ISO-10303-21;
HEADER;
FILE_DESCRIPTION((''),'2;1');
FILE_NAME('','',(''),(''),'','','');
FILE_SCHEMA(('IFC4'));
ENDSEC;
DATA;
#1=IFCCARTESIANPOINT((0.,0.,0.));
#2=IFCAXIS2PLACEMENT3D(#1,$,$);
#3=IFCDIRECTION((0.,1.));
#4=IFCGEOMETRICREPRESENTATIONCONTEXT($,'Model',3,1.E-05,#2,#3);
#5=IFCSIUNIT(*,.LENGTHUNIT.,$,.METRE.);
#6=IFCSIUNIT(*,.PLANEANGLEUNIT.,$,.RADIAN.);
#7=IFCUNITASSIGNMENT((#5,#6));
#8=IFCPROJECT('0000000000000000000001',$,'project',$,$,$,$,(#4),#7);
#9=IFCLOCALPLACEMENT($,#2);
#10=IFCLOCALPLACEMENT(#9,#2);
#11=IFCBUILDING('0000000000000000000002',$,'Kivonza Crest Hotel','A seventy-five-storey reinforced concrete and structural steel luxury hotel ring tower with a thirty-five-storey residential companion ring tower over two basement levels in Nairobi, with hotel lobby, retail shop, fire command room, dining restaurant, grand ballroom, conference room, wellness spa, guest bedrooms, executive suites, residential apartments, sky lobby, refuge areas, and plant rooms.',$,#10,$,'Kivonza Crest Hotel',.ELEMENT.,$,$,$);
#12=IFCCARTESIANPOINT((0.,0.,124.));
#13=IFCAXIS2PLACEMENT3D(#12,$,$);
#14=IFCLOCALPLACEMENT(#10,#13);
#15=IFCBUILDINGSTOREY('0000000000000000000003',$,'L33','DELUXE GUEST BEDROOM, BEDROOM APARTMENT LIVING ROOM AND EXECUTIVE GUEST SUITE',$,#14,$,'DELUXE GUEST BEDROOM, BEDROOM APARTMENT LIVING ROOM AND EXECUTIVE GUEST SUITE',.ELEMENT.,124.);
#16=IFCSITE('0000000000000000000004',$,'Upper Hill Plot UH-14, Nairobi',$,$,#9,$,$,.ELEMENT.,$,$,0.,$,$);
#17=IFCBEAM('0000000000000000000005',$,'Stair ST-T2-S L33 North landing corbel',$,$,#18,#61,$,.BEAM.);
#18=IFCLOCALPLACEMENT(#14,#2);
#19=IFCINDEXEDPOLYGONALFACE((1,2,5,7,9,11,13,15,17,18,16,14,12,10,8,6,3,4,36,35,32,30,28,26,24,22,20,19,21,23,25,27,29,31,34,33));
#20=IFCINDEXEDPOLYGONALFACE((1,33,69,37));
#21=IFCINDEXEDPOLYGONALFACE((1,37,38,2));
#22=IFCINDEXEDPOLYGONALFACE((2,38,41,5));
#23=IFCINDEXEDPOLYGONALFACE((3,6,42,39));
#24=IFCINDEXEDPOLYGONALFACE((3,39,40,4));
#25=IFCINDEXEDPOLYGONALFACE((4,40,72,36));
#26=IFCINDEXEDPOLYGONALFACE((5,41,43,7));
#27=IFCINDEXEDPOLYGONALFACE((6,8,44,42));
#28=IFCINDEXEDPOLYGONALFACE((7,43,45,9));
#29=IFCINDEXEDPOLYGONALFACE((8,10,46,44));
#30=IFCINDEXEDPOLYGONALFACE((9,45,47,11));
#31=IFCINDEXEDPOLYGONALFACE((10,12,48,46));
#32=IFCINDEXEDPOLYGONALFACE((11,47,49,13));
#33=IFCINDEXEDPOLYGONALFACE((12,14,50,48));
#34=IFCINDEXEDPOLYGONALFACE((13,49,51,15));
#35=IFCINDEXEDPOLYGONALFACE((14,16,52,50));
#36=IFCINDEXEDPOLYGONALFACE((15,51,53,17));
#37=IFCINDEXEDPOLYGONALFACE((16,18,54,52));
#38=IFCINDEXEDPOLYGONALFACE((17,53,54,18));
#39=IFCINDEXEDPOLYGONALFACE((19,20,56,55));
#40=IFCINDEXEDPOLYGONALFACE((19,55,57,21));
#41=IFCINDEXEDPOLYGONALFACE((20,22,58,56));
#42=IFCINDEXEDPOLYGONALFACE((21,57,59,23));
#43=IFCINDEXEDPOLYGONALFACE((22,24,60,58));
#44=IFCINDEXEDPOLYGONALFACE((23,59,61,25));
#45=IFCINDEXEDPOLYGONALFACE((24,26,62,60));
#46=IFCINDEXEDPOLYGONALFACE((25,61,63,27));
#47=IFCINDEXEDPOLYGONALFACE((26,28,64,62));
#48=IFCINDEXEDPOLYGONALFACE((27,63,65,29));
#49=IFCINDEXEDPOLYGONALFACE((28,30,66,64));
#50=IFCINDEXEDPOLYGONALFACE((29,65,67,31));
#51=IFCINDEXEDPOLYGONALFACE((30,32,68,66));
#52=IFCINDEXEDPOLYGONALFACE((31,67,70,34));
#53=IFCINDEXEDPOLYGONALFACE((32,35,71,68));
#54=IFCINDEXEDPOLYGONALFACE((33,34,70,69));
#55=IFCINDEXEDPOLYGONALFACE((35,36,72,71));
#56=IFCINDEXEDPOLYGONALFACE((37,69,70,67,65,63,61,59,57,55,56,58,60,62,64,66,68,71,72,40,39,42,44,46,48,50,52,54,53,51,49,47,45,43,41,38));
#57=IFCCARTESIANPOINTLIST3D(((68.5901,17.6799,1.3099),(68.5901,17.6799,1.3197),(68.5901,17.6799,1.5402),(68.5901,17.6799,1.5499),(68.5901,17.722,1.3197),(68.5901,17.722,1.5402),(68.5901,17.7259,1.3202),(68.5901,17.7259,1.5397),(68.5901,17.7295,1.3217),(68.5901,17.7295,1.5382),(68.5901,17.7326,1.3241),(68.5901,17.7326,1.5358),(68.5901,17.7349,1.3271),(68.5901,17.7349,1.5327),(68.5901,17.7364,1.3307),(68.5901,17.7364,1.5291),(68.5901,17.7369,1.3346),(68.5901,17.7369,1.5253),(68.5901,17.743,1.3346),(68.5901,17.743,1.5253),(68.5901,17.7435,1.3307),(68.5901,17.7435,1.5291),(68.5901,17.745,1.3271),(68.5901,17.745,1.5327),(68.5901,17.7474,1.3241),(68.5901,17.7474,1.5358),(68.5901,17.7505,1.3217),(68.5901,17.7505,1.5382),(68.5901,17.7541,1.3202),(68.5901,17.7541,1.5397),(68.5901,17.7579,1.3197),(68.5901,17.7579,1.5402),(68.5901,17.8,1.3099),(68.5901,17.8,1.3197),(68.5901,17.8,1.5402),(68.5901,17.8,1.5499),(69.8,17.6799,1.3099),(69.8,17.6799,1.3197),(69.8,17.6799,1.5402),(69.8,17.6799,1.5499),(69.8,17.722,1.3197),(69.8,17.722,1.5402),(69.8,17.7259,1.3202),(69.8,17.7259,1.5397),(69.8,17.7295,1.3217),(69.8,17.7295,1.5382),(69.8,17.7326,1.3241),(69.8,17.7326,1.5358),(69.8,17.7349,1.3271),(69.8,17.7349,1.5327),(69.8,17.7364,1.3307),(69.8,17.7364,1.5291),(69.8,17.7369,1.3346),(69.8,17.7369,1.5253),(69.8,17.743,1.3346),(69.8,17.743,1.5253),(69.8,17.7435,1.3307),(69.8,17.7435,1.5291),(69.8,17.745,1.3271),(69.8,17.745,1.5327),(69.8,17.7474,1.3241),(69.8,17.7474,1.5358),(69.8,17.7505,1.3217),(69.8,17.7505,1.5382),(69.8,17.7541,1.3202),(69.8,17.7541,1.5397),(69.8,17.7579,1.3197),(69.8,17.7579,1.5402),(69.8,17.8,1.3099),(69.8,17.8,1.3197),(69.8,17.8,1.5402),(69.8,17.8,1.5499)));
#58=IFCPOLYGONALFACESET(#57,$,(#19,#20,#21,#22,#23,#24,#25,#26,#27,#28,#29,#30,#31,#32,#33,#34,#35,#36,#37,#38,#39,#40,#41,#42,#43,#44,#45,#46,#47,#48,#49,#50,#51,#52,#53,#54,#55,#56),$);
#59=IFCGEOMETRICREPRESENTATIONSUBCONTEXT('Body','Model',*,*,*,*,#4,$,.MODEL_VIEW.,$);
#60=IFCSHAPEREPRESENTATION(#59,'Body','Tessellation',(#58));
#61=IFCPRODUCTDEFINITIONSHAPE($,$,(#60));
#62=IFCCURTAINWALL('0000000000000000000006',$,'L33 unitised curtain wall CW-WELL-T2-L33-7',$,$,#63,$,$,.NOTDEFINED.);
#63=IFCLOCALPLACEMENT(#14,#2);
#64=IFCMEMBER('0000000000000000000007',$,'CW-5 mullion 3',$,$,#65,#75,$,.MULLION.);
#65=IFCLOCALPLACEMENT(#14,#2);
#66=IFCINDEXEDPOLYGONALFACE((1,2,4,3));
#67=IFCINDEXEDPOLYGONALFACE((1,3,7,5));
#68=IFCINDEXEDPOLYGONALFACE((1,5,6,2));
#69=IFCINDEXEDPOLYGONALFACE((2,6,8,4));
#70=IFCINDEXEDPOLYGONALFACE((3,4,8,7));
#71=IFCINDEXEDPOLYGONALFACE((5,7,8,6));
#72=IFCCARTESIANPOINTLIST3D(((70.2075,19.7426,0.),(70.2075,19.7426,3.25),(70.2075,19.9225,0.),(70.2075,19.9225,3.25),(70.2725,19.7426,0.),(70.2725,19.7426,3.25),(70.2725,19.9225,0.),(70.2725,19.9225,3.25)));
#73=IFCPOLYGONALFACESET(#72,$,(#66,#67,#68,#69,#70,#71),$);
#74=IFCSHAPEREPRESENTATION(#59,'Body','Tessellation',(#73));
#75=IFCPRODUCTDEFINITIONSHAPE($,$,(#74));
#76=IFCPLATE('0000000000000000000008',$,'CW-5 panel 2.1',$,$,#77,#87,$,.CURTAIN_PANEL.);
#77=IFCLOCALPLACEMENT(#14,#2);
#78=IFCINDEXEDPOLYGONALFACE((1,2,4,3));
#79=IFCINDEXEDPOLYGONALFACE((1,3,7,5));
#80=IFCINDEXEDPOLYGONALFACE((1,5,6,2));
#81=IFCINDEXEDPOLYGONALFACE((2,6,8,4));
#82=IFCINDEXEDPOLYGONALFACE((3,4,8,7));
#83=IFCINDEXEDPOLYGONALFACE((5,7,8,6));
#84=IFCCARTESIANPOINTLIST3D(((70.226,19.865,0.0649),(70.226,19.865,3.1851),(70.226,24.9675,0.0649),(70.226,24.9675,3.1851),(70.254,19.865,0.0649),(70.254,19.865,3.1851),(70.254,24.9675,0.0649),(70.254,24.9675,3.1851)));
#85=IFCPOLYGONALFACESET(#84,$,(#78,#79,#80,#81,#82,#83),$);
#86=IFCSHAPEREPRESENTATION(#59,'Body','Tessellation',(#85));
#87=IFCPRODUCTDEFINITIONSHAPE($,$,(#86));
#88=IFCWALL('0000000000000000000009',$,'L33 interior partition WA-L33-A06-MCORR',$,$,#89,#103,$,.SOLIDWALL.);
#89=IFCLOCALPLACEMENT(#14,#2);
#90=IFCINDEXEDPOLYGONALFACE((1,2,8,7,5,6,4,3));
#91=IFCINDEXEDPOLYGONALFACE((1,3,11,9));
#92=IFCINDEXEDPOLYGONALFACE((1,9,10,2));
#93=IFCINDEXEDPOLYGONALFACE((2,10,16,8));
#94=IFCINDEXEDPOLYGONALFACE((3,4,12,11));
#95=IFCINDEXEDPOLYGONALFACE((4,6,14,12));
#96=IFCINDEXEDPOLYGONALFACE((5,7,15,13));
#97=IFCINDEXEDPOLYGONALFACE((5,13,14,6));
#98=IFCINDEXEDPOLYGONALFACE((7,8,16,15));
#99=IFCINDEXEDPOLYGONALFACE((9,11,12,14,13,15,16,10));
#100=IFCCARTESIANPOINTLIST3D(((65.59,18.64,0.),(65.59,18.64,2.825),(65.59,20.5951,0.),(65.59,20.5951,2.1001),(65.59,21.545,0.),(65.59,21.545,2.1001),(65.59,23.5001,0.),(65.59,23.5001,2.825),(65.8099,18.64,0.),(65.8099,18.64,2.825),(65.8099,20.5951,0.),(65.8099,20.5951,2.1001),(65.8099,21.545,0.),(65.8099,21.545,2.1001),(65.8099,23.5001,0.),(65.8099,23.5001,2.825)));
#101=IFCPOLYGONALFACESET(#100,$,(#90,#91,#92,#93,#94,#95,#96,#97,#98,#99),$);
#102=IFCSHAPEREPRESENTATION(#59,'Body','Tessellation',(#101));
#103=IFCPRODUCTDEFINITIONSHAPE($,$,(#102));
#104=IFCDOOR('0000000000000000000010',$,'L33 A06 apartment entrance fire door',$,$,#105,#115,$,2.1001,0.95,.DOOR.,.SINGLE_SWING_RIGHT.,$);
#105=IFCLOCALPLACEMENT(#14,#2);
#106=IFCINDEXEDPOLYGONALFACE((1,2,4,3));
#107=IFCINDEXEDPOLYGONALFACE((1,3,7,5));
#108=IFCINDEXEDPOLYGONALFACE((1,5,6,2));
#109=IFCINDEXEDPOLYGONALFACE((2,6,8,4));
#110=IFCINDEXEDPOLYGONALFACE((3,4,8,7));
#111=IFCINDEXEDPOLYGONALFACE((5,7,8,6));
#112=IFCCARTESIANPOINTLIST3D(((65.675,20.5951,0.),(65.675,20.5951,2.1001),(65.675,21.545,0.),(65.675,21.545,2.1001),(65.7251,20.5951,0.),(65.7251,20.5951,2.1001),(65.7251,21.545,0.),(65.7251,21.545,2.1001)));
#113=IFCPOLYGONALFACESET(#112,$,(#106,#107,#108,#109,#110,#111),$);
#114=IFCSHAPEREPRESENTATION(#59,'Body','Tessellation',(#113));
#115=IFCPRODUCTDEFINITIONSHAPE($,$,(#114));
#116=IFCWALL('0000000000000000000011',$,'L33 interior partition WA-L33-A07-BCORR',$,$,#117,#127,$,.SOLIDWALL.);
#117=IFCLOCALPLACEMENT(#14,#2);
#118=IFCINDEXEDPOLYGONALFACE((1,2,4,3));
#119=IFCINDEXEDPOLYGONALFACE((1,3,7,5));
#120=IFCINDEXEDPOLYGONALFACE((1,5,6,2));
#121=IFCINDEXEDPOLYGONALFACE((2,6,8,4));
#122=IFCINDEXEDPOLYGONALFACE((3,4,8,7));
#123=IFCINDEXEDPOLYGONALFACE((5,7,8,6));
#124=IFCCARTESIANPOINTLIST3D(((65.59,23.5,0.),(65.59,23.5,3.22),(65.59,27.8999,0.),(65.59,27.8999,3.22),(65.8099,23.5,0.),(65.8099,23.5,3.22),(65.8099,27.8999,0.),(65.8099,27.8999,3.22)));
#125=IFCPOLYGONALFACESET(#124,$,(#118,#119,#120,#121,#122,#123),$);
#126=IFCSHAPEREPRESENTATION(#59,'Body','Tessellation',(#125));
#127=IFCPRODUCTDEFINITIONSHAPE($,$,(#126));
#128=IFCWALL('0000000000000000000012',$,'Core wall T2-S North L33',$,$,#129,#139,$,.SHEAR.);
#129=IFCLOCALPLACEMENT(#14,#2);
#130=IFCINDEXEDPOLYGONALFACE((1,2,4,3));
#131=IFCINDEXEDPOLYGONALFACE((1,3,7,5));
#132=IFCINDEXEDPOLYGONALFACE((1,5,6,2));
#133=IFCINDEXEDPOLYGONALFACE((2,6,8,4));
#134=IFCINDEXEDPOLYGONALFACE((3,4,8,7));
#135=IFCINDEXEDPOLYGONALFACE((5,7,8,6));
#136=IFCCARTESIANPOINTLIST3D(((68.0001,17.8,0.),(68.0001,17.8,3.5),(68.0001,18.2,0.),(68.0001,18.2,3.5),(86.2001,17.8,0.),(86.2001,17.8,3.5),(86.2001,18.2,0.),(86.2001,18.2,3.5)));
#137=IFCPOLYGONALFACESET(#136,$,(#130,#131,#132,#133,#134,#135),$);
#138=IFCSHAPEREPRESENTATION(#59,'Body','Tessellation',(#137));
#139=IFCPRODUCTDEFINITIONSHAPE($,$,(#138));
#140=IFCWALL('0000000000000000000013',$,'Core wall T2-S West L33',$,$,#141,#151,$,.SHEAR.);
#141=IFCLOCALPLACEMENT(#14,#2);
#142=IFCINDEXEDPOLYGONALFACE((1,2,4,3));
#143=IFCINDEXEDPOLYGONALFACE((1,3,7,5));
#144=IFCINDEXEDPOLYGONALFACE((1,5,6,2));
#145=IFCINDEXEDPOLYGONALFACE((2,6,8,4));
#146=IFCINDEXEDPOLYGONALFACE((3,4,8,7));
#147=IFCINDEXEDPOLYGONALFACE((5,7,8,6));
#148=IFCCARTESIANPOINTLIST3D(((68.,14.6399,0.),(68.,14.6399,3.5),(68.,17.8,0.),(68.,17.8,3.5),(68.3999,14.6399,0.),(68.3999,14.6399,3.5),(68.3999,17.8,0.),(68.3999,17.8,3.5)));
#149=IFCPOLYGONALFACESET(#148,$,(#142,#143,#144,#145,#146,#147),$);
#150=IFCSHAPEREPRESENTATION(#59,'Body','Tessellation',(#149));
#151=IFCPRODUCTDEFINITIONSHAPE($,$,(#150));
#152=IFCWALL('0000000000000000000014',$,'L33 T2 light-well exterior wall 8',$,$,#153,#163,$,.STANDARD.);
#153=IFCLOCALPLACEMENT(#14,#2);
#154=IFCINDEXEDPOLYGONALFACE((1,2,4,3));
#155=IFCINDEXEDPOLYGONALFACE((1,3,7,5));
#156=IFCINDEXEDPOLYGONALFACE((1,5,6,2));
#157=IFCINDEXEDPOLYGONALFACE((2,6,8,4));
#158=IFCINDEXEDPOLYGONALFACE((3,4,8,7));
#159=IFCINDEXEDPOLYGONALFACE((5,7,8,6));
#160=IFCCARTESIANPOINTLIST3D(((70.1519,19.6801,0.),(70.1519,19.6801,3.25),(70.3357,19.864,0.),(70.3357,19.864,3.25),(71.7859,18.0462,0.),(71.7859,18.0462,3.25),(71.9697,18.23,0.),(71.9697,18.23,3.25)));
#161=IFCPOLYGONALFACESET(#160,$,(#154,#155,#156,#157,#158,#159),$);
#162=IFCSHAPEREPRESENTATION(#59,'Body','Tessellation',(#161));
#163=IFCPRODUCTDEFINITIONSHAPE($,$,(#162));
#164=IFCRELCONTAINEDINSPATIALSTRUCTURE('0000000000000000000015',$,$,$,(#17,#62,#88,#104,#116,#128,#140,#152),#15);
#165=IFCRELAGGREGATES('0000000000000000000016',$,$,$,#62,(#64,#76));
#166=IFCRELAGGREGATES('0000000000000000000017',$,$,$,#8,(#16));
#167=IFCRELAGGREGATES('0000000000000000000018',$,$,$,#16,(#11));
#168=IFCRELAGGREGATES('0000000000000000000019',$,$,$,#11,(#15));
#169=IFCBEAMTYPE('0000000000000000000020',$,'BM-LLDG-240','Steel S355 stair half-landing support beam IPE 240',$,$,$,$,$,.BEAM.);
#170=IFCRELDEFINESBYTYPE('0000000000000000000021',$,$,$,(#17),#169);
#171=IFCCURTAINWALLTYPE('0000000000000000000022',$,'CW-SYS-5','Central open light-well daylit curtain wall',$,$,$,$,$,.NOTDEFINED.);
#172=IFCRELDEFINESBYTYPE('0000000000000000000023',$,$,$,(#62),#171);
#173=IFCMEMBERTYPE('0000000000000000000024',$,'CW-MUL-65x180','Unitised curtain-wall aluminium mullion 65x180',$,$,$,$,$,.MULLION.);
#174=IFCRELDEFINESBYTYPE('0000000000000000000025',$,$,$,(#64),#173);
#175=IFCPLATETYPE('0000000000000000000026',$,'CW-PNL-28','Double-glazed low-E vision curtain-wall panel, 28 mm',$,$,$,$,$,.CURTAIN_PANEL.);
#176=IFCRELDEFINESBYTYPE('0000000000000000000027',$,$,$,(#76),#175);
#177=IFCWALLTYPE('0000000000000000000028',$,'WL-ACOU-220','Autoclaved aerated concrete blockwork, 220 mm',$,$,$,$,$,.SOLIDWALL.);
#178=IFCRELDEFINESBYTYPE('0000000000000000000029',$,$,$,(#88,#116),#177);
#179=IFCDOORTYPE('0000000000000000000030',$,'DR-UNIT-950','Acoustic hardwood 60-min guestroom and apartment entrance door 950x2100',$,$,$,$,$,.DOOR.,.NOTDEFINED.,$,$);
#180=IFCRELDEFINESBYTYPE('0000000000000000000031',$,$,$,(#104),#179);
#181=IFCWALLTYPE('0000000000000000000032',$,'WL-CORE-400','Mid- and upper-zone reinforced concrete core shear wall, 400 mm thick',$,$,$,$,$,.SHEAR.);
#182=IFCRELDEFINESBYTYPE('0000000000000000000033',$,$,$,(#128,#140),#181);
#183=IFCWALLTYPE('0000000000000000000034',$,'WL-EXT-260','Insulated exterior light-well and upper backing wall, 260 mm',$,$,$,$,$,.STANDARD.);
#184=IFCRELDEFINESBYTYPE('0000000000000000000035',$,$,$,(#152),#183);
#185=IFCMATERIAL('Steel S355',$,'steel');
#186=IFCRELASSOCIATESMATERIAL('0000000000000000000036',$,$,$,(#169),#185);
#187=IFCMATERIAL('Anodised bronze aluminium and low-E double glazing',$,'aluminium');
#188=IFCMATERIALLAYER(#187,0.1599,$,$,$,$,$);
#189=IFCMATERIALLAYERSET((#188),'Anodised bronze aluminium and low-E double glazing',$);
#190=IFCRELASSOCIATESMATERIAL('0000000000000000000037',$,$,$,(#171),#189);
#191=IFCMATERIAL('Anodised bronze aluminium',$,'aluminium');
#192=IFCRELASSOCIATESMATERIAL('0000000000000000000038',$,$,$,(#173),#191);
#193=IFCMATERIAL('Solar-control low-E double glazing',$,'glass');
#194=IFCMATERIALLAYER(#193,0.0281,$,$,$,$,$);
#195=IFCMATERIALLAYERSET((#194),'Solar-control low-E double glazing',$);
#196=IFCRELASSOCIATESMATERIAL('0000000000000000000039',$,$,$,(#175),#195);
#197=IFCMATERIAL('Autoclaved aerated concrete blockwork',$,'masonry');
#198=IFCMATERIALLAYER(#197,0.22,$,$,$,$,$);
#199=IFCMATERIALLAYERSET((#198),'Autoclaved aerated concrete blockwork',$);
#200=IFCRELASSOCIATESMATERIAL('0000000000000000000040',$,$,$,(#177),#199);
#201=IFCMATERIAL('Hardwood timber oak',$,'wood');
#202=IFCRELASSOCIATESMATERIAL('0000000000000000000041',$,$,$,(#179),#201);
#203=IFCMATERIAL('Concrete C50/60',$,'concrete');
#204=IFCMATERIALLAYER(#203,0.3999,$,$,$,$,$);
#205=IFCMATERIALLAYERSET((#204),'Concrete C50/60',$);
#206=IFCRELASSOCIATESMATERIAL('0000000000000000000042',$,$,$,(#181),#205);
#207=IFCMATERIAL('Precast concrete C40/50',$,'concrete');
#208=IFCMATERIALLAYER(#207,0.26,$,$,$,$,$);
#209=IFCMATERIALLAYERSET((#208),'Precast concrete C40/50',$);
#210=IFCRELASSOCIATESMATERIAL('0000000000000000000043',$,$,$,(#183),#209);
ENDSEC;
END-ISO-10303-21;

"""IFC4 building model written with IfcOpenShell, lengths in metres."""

from ifc_helpers import new_model, si_unit, direction, frame, frame_2d, origin, origin_2d, place, context, subcontext, project, spatial, rectangle, i_section, extrude, material, layer, layer_set, material_profile, profile_set, type_object, element, fill, aggregate, save


model = new_model("IFC4")

# Units and contexts
model_context = context("Model", 3, precision=1e-05, world=origin(), true_north=direction((0.0, 1.0)))
body_context = subcontext(model_context, "Body", "Model", "MODEL_VIEW")
ifc_project = project(units=[si_unit("LENGTHUNIT", "METRE"), si_unit("PLANEANGLEUNIT", "RADIAN")], contexts=[model_context])

# Site, building, storey
site_placement = place(None, origin())
site = spatial("IfcSite", under=ifc_project, at=site_placement, Name="Upper Hill Plot UH-14, Nairobi", CompositionType="ELEMENT", RefElevation=0.0)
building_placement = place(site_placement, origin())
building = spatial("IfcBuilding", under=site, at=building_placement, Name="Kivonza Crest Hotel", Description="A seventy-five-storey reinforced concrete and structural steel luxury hotel ring tower with a thirty-five-storey residential companion ring tower over two basement levels in Nairobi, with hotel lobby, retail shop, fire command room, dining restaurant, grand ballroom, conference room, wellness spa, guest bedrooms, executive suites, residential apartments, sky lobby, refuge areas, and plant rooms.", LongName="Kivonza Crest Hotel", CompositionType="ELEMENT")
storey_placement = place(building_placement, frame((0.0, 0.0, 124.0)))
storey = spatial("IfcBuildingStorey", under=building, at=storey_placement, Name="L33", Description="DELUXE GUEST BEDROOM, BEDROOM APARTMENT LIVING ROOM AND EXECUTIVE GUEST SUITE", LongName="DELUXE GUEST BEDROOM, BEDROOM APARTMENT LIVING ROOM AND EXECUTIVE GUEST SUITE", CompositionType="ELEMENT", Elevation=124.0)

# Shared definitions
ifc_material_1 = material(Name="Concrete C50/60", Category="concrete")

# Beam
ifc_material_2 = material(Name="Steel S355", Category="steel")
ifc_material_profile_1 = material_profile(ifc_material_2, i_section(OverallWidth=0.1201, OverallDepth=0.24, WebThickness=0.0061, FlangeThickness=0.0098, FilletRadius=0.0149, at=origin_2d()), Name="IPE 240")
ifc_profile_set_1 = profile_set([ifc_material_profile_1], Name="Steel S355")
beam_type_1 = type_object("IfcBeamType", Name="BM-LLDG-240", Description="Steel S355 stair half-landing support beam IPE 240", PredefinedType="BEAM", material=ifc_profile_set_1)
for number, where, z_axis, x_axis, name in (
    (1, (68.5901, 17.74, 1.4299), (1.0, 0.0, 0.0), (0.0, 1.0, 0.0), "Stair ST-T2-S L33 North landing corbel"),
):
    element("IfcBeam", number, at=place(storey_placement, frame(where, z_axis=z_axis, x_axis=x_axis)), inside=storey, type_object=beam_type_1, Name=name, PredefinedType="BEAM", context=body_context, shape_type="SweptSolid", body=[
        extrude(i_section(OverallWidth=0.1201, OverallDepth=0.24, WebThickness=0.0061, FlangeThickness=0.0098, FilletRadius=0.0149, at=origin_2d()), origin(), (0.0, 0.0, 1.0), 1.21),
    ])

# Curtain wall, member, plate
ifc_material_3 = material(Name="Anodised bronze aluminium and low-E double glazing", Category="aluminium")
ifc_layer_1 = layer(ifc_material_3, 0.1599)
ifc_layer_set_1 = layer_set([ifc_layer_1], Name="Anodised bronze aluminium and low-E double glazing")
curtain_wall_type = type_object("IfcCurtainWallType", Name="CW-SYS-5", Description="Central open light-well daylit curtain wall", PredefinedType="NOTDEFINED", material=ifc_layer_set_1)
curtain_wall_placement = place(storey_placement, origin())
curtain_wall = element("IfcCurtainWall", 2, at=curtain_wall_placement, inside=storey, type_object=curtain_wall_type, Name="L33 unitised curtain wall CW-WELL-T2-L33-7", PredefinedType="NOTDEFINED")
ifc_material_4 = material(Name="Anodised bronze aluminium", Category="aluminium")
ifc_material_profile_2 = material_profile(ifc_material_4, rectangle(XDim=0.0649, YDim=0.1799, at=origin_2d()), Name="CW-M 65x180")
ifc_profile_set_2 = profile_set([ifc_material_profile_2], Name="Anodised bronze aluminium")
member_type = type_object("IfcMemberType", Name="CW-MUL-65x180", Description="Unitised curtain-wall aluminium mullion 65x180", PredefinedType="MULLION", material=ifc_profile_set_2)
member_placement = place(storey_placement, frame((70.24, 19.8325, 0.0), z_axis=(0.0, 0.0, 1.0), x_axis=(1.0, 0.0, 0.0)))
member = element("IfcMember", 3, at=member_placement, type_object=member_type, Name="CW-5 mullion 3", PredefinedType="MULLION", context=body_context, shape_type="SweptSolid", body=[
    extrude(rectangle(XDim=0.0649, YDim=0.1799, at=origin_2d()), origin(), (0.0, 0.0, 1.0), 3.25),
])
ifc_material_5 = material(Name="Solar-control low-E double glazing", Category="glass")
ifc_layer_2 = layer(ifc_material_5, 0.0281)
ifc_layer_set_2 = layer_set([ifc_layer_2], Name="Solar-control low-E double glazing")
plate_type = type_object("IfcPlateType", Name="CW-PNL-28", Description="Double-glazed low-E vision curtain-wall panel, 28 mm", PredefinedType="CURTAIN_PANEL", material=ifc_layer_set_2)
plate_placement = place(storey_placement, frame((70.24, 22.4163, 0.0649), z_axis=(0.0, 0.0, 1.0), x_axis=(0.0, -1.0, 0.0)))
plate = element("IfcPlate", 4, at=plate_placement, type_object=plate_type, Name="CW-5 panel 2.1", PredefinedType="CURTAIN_PANEL", context=body_context, shape_type="SweptSolid", body=[
    extrude(rectangle(XDim=5.1025, YDim=0.0281, at=origin_2d()), origin(), (0.0, 0.0, 1.0), 3.1201),
])
aggregate(curtain_wall, [member, plate])

# Wall, opening, door
ifc_material_6 = material(Name="Autoclaved aerated concrete blockwork", Category="masonry")
ifc_layer_3 = layer(ifc_material_6, 0.22)
ifc_layer_set_3 = layer_set([ifc_layer_3], Name="Autoclaved aerated concrete blockwork")
wall_type_1 = type_object("IfcWallType", Name="WL-ACOU-220", Description="Autoclaved aerated concrete blockwork, 220 mm", PredefinedType="SOLIDWALL", material=ifc_layer_set_3)
wall_1_placement = place(storey_placement, frame((65.7, 18.6399, 0.0), z_axis=(0.0, 0.0, 1.0), x_axis=(0.0, 1.0, 0.0)))
wall_1 = element("IfcWall", 5, at=wall_1_placement, inside=storey, type_object=wall_type_1, Name="L33 interior partition WA-L33-A06-MCORR", PredefinedType="SOLIDWALL", context=body_context, shape_type="SweptSolid", body=[
    extrude(rectangle(XDim=4.8601, YDim=0.22, at=frame_2d((2.4302, 0.0))), origin(), (0.0, 0.0, 1.0), 2.825),
])
opening_1_placement = place(wall_1_placement, frame((1.9551, 0.0, 0.0)))
opening_1 = element("IfcOpeningElement", 6, at=opening_1_placement, cuts=wall_1, PredefinedType="OPENING", context=body_context, shape_type="SweptSolid", body=[
    extrude(rectangle(XDim=0.95, YDim=2.1001, at=frame_2d((0.4751, 1.05))), frame((0.0, 0.1201, 0.0), z_axis=(0.0, -1.0, 0.0), x_axis=(1.0, 0.0, 0.0)), (0.0, 0.0, 1.0), 0.24),
])
ifc_material_7 = material(Name="Hardwood timber oak", Category="wood")
door_type_1 = type_object("IfcDoorType", Name="DR-UNIT-950", Description="Acoustic hardwood 60-min guestroom and apartment entrance door 950x2100", OperationType="NOTDEFINED", PredefinedType="DOOR", material=ifc_material_7)
door_1_placement = place(opening_1_placement, origin())
door_1 = element("IfcDoor", 7, at=door_1_placement, inside=storey, type_object=door_type_1, Name="L33 A06 apartment entrance fire door", OperationType="SINGLE_SWING_RIGHT", OverallHeight=2.1001, OverallWidth=0.95, PredefinedType="DOOR", context=body_context, shape_type="SweptSolid", body=[
    extrude(rectangle(XDim=0.95, YDim=2.1001, at=frame_2d((0.4751, 1.05))), frame((0.0, 0.0249, 0.0), z_axis=(0.0, -1.0, 0.0), x_axis=(1.0, 0.0, 0.0)), (0.0, 0.0, 1.0), 0.05),
])
fill(opening_1, door_1)

# Wall
wall_2_placement = place(storey_placement, frame((65.7, 23.5, 0.0), z_axis=(0.0, 0.0, 1.0), x_axis=(0.0, 1.0, 0.0)))
element("IfcWall", 8, at=wall_2_placement, inside=storey, type_object=wall_type_1, Name="L33 interior partition WA-L33-A07-BCORR", PredefinedType="SOLIDWALL", context=body_context, shape_type="SweptSolid", body=[
    extrude(rectangle(XDim=4.3999, YDim=0.22, at=frame_2d((2.2, 0.0))), origin(), (0.0, 0.0, 1.0), 3.22),
])

# Shared definitions
ifc_layer_4 = layer(ifc_material_1, 0.3999)
ifc_layer_set_4 = layer_set([ifc_layer_4], Name="Concrete C50/60")
wall_type_2 = type_object("IfcWallType", Name="WL-CORE-400", Description="Mid- and upper-zone reinforced concrete core shear wall, 400 mm thick", PredefinedType="SHEAR", material=ifc_layer_set_4)

# Walls
wall_3_placement = place(storey_placement, frame((68.0, 18.0, 0.0), z_axis=(0.0, 0.0, 1.0), x_axis=(1.0, 0.0, 0.0)))
element("IfcWall", 9, at=wall_3_placement, inside=storey, type_object=wall_type_2, Name="Core wall T2-S North L33", PredefinedType="SHEAR", context=body_context, shape_type="SweptSolid", body=[
    extrude(rectangle(XDim=18.2, YDim=0.3999, at=frame_2d((9.1001, 0.0))), origin(), (0.0, 0.0, 1.0), 3.5),
])
wall_4_placement = place(storey_placement, frame((68.2, 14.6399, 0.0), z_axis=(0.0, 0.0, 1.0), x_axis=(0.0, 1.0, 0.0)))
element("IfcWall", 10, at=wall_4_placement, inside=storey, type_object=wall_type_2, Name="Core wall T2-S West L33", PredefinedType="SHEAR", context=body_context, shape_type="SweptSolid", body=[
    extrude(rectangle(XDim=3.1602, YDim=0.3999, at=frame_2d((1.5801, 0.0))), origin(), (0.0, 0.0, 1.0), 3.5),
])
ifc_material_8 = material(Name="Precast concrete C40/50", Category="concrete")
ifc_layer_5 = layer(ifc_material_8, 0.26)
ifc_layer_set_5 = layer_set([ifc_layer_5], Name="Precast concrete C40/50")
wall_type_3 = type_object("IfcWallType", Name="WL-EXT-260", Description="Insulated exterior light-well and upper backing wall, 260 mm", PredefinedType="STANDARD", material=ifc_layer_set_5)
wall_5_placement = place(storey_placement, frame((70.2439, 19.772, 0.0), z_axis=(0.0, 0.0, 1.0), x_axis=(0.707107, -0.707107, 0.0)))
element("IfcWall", 11, at=wall_5_placement, inside=storey, type_object=wall_type_3, Name="L33 T2 light-well exterior wall 8", PredefinedType="STANDARD", context=body_context, shape_type="SweptSolid", body=[
    extrude(rectangle(XDim=2.3108, YDim=0.26, at=frame_2d((1.1553, 0.0))), origin(), (0.0, 0.0, 1.0), 3.25),
])

save(model, "model.ifc")
